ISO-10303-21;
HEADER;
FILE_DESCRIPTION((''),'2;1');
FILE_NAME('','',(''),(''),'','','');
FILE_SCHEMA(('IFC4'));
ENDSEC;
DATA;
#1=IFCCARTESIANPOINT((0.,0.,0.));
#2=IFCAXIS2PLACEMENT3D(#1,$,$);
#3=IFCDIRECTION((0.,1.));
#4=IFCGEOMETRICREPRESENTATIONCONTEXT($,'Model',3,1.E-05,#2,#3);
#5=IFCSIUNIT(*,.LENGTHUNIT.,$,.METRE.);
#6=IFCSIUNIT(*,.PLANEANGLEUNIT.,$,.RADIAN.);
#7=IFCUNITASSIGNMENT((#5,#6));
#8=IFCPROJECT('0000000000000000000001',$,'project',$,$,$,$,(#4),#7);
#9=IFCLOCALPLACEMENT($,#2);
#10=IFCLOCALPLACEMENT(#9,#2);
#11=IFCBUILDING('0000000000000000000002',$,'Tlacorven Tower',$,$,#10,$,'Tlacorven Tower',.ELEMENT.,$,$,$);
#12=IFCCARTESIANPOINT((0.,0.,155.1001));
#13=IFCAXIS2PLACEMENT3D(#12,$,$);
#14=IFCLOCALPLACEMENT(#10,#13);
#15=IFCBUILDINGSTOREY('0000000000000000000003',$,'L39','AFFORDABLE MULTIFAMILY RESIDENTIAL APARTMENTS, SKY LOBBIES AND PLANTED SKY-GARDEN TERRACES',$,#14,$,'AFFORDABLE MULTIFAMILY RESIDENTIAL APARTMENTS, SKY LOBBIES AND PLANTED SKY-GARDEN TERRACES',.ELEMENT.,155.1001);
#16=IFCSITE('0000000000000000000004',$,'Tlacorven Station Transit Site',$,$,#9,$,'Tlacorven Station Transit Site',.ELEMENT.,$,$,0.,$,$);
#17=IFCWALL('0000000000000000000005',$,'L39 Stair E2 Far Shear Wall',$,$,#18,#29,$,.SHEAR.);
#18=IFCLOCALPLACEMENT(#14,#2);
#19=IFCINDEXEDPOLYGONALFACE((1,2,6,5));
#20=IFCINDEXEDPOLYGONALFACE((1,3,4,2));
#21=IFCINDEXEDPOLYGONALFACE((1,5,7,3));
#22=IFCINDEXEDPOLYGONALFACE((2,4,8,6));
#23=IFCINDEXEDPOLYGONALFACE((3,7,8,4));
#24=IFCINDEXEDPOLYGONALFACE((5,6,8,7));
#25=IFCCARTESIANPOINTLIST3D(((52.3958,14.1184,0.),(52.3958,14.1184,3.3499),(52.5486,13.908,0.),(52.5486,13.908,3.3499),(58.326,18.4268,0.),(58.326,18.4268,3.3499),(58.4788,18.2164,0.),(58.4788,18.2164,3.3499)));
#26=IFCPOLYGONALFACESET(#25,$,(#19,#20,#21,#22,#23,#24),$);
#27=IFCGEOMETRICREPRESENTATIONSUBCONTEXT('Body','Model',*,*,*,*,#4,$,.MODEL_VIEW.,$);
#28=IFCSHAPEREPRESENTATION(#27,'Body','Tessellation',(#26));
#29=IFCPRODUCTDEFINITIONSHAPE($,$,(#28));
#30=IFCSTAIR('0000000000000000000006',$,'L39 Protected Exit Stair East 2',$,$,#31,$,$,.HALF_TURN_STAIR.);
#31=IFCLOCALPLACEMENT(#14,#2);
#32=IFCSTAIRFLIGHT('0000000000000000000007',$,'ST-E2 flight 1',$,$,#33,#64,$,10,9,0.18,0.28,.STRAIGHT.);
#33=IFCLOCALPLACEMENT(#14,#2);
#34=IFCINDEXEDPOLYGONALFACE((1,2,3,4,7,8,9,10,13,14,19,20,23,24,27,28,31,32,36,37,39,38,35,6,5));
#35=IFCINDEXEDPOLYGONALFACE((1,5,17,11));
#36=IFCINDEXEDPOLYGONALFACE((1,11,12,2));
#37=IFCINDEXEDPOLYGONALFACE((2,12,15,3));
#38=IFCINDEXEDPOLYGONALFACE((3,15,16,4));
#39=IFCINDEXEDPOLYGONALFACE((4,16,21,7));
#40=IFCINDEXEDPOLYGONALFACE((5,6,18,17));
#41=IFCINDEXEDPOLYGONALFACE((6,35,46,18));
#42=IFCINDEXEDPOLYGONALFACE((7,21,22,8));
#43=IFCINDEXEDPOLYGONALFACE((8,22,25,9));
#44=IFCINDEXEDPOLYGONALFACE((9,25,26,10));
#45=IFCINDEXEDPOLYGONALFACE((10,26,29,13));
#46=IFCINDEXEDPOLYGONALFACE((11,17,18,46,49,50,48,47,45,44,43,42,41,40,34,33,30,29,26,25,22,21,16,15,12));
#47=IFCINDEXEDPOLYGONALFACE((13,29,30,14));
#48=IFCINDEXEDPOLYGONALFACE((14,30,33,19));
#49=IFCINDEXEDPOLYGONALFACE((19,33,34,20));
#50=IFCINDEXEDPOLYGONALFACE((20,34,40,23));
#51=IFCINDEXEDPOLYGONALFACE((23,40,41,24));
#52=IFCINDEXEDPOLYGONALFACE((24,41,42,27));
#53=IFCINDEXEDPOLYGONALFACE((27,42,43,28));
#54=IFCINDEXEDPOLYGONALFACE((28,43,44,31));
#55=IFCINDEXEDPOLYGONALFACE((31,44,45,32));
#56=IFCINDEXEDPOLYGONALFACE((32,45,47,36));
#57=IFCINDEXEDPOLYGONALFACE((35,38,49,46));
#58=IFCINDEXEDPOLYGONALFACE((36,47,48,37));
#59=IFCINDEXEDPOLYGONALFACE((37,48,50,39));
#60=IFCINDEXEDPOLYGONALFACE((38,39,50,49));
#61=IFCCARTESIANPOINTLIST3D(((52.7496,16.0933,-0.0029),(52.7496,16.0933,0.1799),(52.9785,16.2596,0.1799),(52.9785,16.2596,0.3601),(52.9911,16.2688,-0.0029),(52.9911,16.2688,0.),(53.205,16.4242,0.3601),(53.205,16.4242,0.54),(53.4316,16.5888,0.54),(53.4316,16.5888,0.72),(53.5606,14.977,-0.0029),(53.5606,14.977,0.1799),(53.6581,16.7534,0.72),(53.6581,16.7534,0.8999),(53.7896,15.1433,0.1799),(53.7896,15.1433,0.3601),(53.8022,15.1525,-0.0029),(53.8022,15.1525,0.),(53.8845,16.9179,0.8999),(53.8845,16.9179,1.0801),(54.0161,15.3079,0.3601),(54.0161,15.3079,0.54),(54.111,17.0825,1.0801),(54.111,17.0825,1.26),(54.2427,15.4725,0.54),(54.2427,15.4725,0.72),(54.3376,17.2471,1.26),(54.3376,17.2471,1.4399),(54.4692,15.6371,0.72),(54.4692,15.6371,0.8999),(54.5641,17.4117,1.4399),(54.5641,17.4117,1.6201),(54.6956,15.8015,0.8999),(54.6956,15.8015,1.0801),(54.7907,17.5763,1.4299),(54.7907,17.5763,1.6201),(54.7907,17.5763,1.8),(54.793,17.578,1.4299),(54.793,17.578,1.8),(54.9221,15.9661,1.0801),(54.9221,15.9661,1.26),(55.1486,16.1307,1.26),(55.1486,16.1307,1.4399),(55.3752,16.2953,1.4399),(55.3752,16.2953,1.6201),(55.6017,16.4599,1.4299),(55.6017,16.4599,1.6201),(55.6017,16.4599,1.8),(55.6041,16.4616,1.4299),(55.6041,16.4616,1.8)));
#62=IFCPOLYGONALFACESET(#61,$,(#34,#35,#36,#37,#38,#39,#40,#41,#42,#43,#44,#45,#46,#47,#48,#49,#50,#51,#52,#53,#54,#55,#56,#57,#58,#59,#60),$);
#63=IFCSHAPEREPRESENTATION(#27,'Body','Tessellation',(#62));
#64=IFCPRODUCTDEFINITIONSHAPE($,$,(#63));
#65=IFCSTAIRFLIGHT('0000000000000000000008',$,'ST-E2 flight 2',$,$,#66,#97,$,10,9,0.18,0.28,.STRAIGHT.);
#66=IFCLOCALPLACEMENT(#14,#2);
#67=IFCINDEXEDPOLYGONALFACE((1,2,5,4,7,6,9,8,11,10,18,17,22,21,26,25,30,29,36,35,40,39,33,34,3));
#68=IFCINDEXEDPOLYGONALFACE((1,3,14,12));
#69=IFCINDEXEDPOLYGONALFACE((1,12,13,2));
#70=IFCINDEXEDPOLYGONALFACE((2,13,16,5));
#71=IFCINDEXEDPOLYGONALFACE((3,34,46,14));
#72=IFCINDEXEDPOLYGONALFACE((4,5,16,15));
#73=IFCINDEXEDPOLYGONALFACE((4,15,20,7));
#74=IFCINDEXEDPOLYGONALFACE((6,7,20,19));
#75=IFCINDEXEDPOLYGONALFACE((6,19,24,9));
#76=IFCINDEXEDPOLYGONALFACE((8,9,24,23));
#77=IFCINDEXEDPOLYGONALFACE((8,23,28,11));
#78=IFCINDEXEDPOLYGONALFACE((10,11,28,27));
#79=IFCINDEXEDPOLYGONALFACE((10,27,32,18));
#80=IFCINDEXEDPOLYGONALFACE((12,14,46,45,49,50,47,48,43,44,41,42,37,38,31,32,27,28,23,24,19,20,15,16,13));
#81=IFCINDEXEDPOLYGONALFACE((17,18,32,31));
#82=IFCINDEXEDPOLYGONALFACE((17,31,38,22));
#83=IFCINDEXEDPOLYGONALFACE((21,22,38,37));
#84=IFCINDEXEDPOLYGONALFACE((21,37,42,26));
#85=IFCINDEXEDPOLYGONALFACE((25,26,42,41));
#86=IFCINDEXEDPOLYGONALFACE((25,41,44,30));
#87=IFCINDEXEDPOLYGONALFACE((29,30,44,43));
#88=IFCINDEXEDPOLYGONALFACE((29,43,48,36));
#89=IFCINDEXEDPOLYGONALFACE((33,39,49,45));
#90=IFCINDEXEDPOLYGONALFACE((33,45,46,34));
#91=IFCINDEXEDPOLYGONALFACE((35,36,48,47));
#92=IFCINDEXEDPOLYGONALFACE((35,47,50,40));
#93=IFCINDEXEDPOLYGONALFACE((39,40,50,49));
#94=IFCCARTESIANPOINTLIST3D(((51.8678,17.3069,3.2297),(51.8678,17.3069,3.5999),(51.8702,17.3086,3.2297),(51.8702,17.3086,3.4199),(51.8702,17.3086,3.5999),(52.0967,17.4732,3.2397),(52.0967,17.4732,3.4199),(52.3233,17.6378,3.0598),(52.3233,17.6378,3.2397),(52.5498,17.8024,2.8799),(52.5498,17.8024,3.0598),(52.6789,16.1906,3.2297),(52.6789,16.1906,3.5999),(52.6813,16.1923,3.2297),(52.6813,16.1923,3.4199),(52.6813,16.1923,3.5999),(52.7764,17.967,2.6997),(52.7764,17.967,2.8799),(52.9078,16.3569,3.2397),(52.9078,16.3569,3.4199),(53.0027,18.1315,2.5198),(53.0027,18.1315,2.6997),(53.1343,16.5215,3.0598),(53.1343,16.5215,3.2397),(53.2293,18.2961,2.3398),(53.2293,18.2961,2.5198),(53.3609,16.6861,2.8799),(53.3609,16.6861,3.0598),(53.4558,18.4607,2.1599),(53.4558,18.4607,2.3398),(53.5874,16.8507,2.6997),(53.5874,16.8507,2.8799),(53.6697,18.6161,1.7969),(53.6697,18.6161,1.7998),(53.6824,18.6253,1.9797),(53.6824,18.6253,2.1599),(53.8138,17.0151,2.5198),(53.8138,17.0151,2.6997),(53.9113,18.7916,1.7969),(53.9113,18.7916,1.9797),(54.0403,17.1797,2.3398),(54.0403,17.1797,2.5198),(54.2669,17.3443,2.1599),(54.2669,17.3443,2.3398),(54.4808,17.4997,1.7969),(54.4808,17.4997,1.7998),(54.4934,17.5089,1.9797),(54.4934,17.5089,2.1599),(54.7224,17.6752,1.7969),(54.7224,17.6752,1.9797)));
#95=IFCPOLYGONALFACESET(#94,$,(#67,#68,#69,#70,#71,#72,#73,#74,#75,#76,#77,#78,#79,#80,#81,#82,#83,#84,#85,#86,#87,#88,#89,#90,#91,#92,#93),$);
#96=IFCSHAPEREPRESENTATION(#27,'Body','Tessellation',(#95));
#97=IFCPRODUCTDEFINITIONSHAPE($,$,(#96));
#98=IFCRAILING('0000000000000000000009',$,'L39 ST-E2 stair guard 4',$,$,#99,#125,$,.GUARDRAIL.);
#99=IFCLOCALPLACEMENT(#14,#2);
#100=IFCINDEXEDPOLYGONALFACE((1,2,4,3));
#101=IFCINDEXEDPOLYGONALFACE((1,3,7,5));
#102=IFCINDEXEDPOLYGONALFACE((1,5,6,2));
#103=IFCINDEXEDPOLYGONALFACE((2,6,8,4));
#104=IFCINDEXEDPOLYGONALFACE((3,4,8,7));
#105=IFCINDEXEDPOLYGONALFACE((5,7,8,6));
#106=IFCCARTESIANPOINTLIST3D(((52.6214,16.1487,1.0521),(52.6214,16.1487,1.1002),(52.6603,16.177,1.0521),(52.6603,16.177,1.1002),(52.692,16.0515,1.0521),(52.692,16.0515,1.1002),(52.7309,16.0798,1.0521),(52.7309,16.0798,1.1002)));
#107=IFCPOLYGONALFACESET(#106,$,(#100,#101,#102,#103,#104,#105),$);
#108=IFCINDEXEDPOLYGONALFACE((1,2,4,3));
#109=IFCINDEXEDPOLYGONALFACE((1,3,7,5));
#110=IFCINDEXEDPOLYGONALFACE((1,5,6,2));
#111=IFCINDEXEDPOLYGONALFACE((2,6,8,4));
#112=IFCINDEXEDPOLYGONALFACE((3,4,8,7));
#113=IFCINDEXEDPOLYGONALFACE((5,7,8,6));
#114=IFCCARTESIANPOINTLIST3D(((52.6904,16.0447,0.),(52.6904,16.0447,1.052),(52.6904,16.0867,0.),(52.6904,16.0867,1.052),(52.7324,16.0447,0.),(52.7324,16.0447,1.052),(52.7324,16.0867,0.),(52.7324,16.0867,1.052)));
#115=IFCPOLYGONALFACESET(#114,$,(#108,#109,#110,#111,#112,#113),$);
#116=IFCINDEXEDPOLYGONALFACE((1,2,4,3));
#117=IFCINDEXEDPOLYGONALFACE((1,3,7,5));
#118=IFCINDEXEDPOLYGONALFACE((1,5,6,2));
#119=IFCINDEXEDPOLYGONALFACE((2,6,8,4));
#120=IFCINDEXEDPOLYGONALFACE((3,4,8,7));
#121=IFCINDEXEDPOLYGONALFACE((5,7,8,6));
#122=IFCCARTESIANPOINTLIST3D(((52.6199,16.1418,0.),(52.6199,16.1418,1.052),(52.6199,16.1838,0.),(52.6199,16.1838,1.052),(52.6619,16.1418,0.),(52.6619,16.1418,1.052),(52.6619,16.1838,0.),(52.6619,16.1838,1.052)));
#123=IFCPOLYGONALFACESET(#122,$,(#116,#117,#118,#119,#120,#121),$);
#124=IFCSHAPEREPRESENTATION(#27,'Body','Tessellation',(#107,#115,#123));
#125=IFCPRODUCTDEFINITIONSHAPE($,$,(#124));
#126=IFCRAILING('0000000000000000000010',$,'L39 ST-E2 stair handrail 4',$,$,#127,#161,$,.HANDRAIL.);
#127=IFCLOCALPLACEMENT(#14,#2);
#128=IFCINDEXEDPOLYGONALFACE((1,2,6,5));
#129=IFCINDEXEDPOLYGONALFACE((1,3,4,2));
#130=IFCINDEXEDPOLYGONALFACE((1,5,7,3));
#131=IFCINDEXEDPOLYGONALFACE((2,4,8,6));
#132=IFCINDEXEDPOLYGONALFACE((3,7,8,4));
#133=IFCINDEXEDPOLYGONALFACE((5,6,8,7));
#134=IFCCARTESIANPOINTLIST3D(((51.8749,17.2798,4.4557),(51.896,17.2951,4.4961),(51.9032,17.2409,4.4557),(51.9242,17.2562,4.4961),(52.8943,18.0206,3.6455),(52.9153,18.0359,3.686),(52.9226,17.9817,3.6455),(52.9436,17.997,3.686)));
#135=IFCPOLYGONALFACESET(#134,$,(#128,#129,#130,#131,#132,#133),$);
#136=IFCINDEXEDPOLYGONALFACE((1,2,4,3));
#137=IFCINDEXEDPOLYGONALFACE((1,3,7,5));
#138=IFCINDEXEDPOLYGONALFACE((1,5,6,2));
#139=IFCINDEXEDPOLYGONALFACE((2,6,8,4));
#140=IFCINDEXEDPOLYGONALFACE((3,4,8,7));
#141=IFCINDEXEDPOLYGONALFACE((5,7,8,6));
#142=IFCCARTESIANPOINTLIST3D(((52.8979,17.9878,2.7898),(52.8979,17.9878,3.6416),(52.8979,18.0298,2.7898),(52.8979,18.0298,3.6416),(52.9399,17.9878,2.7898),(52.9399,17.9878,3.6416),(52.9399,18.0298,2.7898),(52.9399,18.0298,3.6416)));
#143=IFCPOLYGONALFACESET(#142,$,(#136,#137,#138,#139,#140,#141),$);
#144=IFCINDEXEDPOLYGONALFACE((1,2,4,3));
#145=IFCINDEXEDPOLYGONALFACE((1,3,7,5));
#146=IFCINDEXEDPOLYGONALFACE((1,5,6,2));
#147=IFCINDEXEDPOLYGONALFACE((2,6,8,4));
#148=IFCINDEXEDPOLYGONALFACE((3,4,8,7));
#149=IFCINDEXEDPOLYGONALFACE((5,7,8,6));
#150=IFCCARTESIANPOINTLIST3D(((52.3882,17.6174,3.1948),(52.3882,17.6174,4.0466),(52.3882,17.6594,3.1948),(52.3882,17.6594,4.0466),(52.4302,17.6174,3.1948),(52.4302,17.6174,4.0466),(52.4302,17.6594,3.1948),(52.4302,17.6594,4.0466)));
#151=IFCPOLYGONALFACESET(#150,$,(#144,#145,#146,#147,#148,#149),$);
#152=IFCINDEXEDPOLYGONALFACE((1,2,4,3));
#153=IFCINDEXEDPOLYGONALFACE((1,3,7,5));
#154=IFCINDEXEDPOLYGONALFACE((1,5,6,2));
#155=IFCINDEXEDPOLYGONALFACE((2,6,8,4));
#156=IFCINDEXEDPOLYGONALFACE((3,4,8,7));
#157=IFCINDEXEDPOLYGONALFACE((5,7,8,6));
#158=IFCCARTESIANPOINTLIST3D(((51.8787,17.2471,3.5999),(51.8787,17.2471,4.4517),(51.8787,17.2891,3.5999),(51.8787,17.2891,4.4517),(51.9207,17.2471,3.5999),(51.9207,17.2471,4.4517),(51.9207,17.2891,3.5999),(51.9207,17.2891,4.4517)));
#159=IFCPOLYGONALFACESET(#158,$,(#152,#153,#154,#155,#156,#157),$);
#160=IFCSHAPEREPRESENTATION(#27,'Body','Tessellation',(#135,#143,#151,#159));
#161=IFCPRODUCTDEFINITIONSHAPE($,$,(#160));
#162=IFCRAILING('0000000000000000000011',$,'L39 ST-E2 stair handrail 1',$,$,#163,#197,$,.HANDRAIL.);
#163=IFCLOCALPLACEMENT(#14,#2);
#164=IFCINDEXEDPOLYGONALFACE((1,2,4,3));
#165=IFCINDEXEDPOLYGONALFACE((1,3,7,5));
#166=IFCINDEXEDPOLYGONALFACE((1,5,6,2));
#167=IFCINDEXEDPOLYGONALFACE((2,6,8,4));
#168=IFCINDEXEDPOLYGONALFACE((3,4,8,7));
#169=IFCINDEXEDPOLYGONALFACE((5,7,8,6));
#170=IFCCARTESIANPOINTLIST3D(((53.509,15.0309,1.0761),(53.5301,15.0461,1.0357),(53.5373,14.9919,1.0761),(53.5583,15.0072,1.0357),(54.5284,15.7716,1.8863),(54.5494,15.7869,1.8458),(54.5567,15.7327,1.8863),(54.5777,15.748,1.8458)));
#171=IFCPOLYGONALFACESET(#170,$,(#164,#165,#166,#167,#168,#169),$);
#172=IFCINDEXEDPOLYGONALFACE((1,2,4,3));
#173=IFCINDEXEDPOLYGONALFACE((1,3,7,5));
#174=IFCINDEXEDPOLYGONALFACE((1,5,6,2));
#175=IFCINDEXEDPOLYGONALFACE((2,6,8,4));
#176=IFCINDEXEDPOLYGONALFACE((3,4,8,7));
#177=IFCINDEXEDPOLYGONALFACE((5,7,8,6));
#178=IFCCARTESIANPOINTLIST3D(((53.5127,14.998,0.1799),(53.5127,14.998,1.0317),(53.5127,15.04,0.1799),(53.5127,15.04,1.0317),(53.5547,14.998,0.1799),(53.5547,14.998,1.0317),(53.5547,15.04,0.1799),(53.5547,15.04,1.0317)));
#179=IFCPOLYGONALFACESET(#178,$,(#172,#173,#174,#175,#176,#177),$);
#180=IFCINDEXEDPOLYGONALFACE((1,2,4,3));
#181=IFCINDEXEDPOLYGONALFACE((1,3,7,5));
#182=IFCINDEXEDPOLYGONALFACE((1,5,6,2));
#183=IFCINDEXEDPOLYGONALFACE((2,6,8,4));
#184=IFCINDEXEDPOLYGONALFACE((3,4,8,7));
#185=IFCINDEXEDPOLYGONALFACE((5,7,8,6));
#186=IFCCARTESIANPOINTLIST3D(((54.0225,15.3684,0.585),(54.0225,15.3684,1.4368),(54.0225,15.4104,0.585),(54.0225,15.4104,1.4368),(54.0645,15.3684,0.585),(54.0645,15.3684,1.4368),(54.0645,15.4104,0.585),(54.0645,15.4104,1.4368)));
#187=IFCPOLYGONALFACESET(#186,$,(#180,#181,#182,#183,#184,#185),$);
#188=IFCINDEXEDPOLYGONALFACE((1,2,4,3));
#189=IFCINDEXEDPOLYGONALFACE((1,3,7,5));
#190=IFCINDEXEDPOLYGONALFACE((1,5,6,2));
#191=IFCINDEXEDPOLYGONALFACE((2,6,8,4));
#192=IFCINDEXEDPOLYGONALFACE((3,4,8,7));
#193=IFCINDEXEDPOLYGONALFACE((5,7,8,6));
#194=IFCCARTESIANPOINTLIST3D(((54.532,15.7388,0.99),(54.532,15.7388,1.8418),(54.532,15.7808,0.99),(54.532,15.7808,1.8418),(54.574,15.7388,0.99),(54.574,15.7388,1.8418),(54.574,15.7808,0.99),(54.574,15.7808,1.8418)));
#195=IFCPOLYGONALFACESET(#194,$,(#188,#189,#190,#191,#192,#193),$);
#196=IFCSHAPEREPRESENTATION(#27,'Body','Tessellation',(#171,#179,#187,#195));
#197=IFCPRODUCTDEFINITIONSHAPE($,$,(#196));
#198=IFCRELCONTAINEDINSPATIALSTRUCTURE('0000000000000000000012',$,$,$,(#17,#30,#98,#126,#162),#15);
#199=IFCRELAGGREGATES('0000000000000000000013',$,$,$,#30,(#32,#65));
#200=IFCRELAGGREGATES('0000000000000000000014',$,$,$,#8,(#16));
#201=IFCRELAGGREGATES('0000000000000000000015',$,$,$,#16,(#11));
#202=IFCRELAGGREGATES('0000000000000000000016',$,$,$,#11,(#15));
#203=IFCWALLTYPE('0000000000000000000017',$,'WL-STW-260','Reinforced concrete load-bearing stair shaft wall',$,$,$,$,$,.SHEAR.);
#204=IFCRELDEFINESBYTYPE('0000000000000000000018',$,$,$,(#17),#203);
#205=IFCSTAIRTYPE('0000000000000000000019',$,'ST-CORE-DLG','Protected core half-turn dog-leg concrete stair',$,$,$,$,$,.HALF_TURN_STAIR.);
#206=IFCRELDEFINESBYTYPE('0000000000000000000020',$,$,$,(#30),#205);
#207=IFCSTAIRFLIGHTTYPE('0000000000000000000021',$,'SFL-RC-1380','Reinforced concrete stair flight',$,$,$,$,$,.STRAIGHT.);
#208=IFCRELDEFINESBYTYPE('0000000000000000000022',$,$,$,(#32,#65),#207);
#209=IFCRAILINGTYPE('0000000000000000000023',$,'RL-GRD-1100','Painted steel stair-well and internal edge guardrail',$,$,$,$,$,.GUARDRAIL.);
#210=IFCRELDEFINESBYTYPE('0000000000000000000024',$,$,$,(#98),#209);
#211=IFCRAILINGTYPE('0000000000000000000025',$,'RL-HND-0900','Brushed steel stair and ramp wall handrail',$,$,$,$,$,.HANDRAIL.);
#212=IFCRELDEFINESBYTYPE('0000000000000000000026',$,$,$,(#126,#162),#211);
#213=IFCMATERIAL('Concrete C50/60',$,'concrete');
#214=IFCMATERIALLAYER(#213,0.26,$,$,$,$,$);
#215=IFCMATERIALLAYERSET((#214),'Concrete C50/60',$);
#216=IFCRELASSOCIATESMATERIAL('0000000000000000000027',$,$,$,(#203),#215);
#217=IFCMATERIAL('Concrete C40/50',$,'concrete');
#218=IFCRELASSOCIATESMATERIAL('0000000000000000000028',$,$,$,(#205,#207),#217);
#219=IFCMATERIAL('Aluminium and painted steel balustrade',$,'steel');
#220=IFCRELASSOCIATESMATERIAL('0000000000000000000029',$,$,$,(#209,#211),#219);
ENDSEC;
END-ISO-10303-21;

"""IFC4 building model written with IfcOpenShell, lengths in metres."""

from ifc_helpers import new_model, si_unit, direction, frame, frame_2d, origin, origin_2d, place, context, subcontext, project, spatial, polyline, rectangle, outline, extrude, source, transform, mapped, material, layer, layer_set, type_object, element, aggregate, save


model = new_model("IFC4")

# Units and contexts
model_context = context("Model", 3, precision=1e-05, world=origin(), true_north=direction((0.0, 1.0)))
body_context = subcontext(model_context, "Body", "Model", "MODEL_VIEW")
ifc_project = project(units=[si_unit("LENGTHUNIT", "METRE"), si_unit("PLANEANGLEUNIT", "RADIAN")], contexts=[model_context])

# Site, building, storey
site_placement = place(None, origin())
site = spatial("IfcSite", under=ifc_project, at=site_placement, Name="Tlacorven Station Transit Site", LongName="Tlacorven Station Transit Site", CompositionType="ELEMENT", RefElevation=0.0)
building_placement = place(site_placement, origin())
building = spatial("IfcBuilding", under=site, at=building_placement, Name="Tlacorven Tower", LongName="Tlacorven Tower", CompositionType="ELEMENT")
storey_placement = place(building_placement, frame((0.0, 0.0, 155.1001)))
storey = spatial("IfcBuildingStorey", under=building, at=storey_placement, Name="L39", Description="AFFORDABLE MULTIFAMILY RESIDENTIAL APARTMENTS, SKY LOBBIES AND PLANTED SKY-GARDEN TERRACES", LongName="AFFORDABLE MULTIFAMILY RESIDENTIAL APARTMENTS, SKY LOBBIES AND PLANTED SKY-GARDEN TERRACES", CompositionType="ELEMENT", Elevation=155.1001)

# Wall
ifc_material_1 = material(Name="Concrete C50/60", Category="concrete")
ifc_layer_1 = layer(ifc_material_1, 0.26)
ifc_layer_set_1 = layer_set([ifc_layer_1], Name="Concrete C50/60")
wall_type_1 = type_object("IfcWallType", Name="WL-STW-260", Description="Reinforced concrete load-bearing stair shaft wall", PredefinedType="SHEAR", material=ifc_layer_set_1)
wall_1_placement = place(storey_placement, frame((52.4722, 14.0132, 0.0), z_axis=(0.0, 0.0, 1.0), x_axis=(0.809028, 0.58777, 0.0)))
element("IfcWall", 1, at=wall_1_placement, inside=storey, type_object=wall_type_1, Name="L39 Stair E2 Far Shear Wall", PredefinedType="SHEAR", context=body_context, shape_type="SweptSolid", body=[
    extrude(rectangle(XDim=7.3301, YDim=0.26, at=frame_2d((3.665, 0.0))), origin(), (0.0, 0.0, 1.0), 3.3499),
])

# Stair, stair flights
ifc_material_2 = material(Name="Concrete C40/50", Category="concrete")
stair_type = type_object("IfcStairType", Name="ST-CORE-DLG", Description="Protected core half-turn dog-leg concrete stair", PredefinedType="HALF_TURN_STAIR", material=ifc_material_2)
stair_placement = place(storey_placement, origin())
stair = element("IfcStair", 2, at=stair_placement, inside=storey, type_object=stair_type, Name="L39 Protected Exit Stair East 2", PredefinedType="HALF_TURN_STAIR")
stair_flight_type = type_object("IfcStairFlightType", Name="SFL-RC-1380", Description="Reinforced concrete stair flight", PredefinedType="STRAIGHT", material=ifc_material_2)
shared_shape_1 = source(origin(), body_context, "Body", "SweptSolid", [
    extrude(outline(polyline([(-0.0029, -0.0029), (-0.0029, 0.1799), (0.28, 0.1799), (0.28, 0.3601), (0.5601, 0.3601), (0.5601, 0.54), (0.8401, 0.54), (0.8401, 0.72), (1.1201, 0.72), (1.1201, 0.8999), (1.3999, 0.8999), (1.3999, 1.0801), (1.6799, 1.0801), (1.6799, 1.26), (1.96, 1.26), (1.96, 1.4399), (2.24, 1.4399), (2.24, 1.6201), (2.52, 1.6201), (2.52, 1.8), (2.5229, 1.8), (2.5229, 1.4299), (2.52, 1.4299), (0.2957, 0.0), (0.2957, -0.0029), (-0.0029, -0.0029)])), frame((0.0, 0.6899, 0.0), z_axis=(0.0, -1.0, 0.0), x_axis=(1.0, 0.0, 0.0)), (0.0, 0.0, 1.0), 1.3799),
])
stair_flight_1_placement = place(storey_placement, frame((53.1575, 15.5369, 0.0), z_axis=(0.0, 0.0, 1.0), x_axis=(0.809017, 0.587785, 0.0)))
stair_flight_1 = element("IfcStairFlight", 3, at=stair_flight_1_placement, type_object=stair_flight_type, Name="ST-E2 flight 1", NumberOfRisers=10, NumberOfTreads=9, PredefinedType="STRAIGHT", RiserHeight=0.18, TreadLength=0.28, context=body_context, shape_type="MappedRepresentation", body=[
    mapped(shared_shape_1, transform((0.0, 0.0, 0.0), scale=1.0)),
])
stair_flight_2_placement = place(storey_placement, frame((54.3145, 18.2317, 1.7998), z_axis=(0.0, 0.0, 1.0), x_axis=(-0.809017, -0.587785, 0.0)))
stair_flight_2 = element("IfcStairFlight", 4, at=stair_flight_2_placement, type_object=stair_flight_type, Name="ST-E2 flight 2", NumberOfRisers=10, NumberOfTreads=9, PredefinedType="STRAIGHT", RiserHeight=0.18, TreadLength=0.28, context=body_context, shape_type="MappedRepresentation", body=[
    mapped(shared_shape_1, transform((0.0, 0.0, 0.0), scale=1.0)),
])
aggregate(stair, [stair_flight_1, stair_flight_2])

# Railings
ifc_material_3 = material(Name="Aluminium and painted steel balustrade", Category="steel")
railing_type_1 = type_object("IfcRailingType", Name="RL-GRD-1100", Description="Painted steel stair-well and internal edge guardrail", PredefinedType="GUARDRAIL", material=ifc_material_3)
shared_shape_2 = source(origin(), body_context, "Body", "SweptSolid", [
    extrude(rectangle(XDim=0.0481, YDim=0.0481, at=origin_2d()), frame((0.0, 0.0, 1.0762), z_axis=(-0.587567, 0.809175, 0.0), x_axis=(-0.809175, -0.587567, 0.0)), (0.0, 0.0, 1.0), 0.1201),
    extrude(rectangle(XDim=0.042, YDim=0.042, at=origin_2d()), origin(), (0.0, 0.0, 1.0), 1.052),
    extrude(rectangle(XDim=0.042, YDim=0.042, at=origin_2d()), frame((-0.0706, 0.0972, 0.0)), (0.0, 0.0, 1.0), 1.052),
])
railing_1_placement = place(storey_placement, frame((52.7114, 16.0657, 0.0)))
element("IfcRailing", 5, at=railing_1_placement, inside=storey, type_object=railing_type_1, Name="L39 ST-E2 stair guard 4", PredefinedType="GUARDRAIL", context=body_context, shape_type="MappedRepresentation", body=[
    mapped(shared_shape_2, transform((0.0, 0.0, 0.0), scale=1.0)),
])
railing_type_2 = type_object("IfcRailingType", Name="RL-HND-0900", Description="Brushed steel stair and ramp wall handrail", PredefinedType="HANDRAIL", material=ifc_material_3)
shared_shape_3 = source(origin(), body_context, "Body", "SweptSolid", [
    extrude(rectangle(XDim=0.0481, YDim=0.0481, at=origin_2d()), frame((0.0, 0.0, 0.876), z_axis=(-0.680461, -0.494496, 0.540783), x_axis=(0.587872, -0.808954, 0.0)), (0.0, 0.0, 1.0), 1.498),
    extrude(rectangle(XDim=0.042, YDim=0.042, at=origin_2d()), origin(), (0.0, 0.0, 1.0), 0.8518),
    extrude(rectangle(XDim=0.042, YDim=0.042, at=origin_2d()), frame((-0.5098, -0.3704, 0.405)), (0.0, 0.0, 1.0), 0.8518),
    extrude(rectangle(XDim=0.042, YDim=0.042, at=origin_2d()), frame((-1.0193, -0.7407, 0.8101)), (0.0, 0.0, 1.0), 0.8518),
])
railing_2_placement = place(storey_placement, frame((52.9189, 18.0088, 2.7898)))
element("IfcRailing", 6, at=railing_2_placement, inside=storey, type_object=railing_type_2, Name="L39 ST-E2 stair handrail 4", PredefinedType="HANDRAIL", context=body_context, shape_type="MappedRepresentation", body=[
    mapped(shared_shape_3, transform((0.0, 0.0, 0.0), scale=1.0)),
])
shared_shape_4 = source(origin(), body_context, "Body", "SweptSolid", [
    extrude(rectangle(XDim=0.0481, YDim=0.0481, at=origin_2d()), frame((0.0, 0.0, 0.876), z_axis=(0.680461, 0.494496, 0.540783), x_axis=(-0.587872, 0.808954, 0.0)), (0.0, 0.0, 1.0), 1.498),
    extrude(rectangle(XDim=0.042, YDim=0.042, at=origin_2d()), origin(), (0.0, 0.0, 1.0), 0.8518),
    extrude(rectangle(XDim=0.042, YDim=0.042, at=origin_2d()), frame((0.5098, 0.3704, 0.405)), (0.0, 0.0, 1.0), 0.8518),
    extrude(rectangle(XDim=0.042, YDim=0.042, at=origin_2d()), frame((1.0193, 0.7407, 0.8101)), (0.0, 0.0, 1.0), 0.8518),
])
railing_3_placement = place(storey_placement, frame((53.5337, 15.019, 0.1799)))
element("IfcRailing", 7, at=railing_3_placement, inside=storey, type_object=railing_type_2, Name="L39 ST-E2 stair handrail 1", PredefinedType="HANDRAIL", context=body_context, shape_type="MappedRepresentation", body=[
    mapped(shared_shape_4, transform((0.0, 0.0, 0.0), scale=1.0)),
])

save(model, "model.ifc")
